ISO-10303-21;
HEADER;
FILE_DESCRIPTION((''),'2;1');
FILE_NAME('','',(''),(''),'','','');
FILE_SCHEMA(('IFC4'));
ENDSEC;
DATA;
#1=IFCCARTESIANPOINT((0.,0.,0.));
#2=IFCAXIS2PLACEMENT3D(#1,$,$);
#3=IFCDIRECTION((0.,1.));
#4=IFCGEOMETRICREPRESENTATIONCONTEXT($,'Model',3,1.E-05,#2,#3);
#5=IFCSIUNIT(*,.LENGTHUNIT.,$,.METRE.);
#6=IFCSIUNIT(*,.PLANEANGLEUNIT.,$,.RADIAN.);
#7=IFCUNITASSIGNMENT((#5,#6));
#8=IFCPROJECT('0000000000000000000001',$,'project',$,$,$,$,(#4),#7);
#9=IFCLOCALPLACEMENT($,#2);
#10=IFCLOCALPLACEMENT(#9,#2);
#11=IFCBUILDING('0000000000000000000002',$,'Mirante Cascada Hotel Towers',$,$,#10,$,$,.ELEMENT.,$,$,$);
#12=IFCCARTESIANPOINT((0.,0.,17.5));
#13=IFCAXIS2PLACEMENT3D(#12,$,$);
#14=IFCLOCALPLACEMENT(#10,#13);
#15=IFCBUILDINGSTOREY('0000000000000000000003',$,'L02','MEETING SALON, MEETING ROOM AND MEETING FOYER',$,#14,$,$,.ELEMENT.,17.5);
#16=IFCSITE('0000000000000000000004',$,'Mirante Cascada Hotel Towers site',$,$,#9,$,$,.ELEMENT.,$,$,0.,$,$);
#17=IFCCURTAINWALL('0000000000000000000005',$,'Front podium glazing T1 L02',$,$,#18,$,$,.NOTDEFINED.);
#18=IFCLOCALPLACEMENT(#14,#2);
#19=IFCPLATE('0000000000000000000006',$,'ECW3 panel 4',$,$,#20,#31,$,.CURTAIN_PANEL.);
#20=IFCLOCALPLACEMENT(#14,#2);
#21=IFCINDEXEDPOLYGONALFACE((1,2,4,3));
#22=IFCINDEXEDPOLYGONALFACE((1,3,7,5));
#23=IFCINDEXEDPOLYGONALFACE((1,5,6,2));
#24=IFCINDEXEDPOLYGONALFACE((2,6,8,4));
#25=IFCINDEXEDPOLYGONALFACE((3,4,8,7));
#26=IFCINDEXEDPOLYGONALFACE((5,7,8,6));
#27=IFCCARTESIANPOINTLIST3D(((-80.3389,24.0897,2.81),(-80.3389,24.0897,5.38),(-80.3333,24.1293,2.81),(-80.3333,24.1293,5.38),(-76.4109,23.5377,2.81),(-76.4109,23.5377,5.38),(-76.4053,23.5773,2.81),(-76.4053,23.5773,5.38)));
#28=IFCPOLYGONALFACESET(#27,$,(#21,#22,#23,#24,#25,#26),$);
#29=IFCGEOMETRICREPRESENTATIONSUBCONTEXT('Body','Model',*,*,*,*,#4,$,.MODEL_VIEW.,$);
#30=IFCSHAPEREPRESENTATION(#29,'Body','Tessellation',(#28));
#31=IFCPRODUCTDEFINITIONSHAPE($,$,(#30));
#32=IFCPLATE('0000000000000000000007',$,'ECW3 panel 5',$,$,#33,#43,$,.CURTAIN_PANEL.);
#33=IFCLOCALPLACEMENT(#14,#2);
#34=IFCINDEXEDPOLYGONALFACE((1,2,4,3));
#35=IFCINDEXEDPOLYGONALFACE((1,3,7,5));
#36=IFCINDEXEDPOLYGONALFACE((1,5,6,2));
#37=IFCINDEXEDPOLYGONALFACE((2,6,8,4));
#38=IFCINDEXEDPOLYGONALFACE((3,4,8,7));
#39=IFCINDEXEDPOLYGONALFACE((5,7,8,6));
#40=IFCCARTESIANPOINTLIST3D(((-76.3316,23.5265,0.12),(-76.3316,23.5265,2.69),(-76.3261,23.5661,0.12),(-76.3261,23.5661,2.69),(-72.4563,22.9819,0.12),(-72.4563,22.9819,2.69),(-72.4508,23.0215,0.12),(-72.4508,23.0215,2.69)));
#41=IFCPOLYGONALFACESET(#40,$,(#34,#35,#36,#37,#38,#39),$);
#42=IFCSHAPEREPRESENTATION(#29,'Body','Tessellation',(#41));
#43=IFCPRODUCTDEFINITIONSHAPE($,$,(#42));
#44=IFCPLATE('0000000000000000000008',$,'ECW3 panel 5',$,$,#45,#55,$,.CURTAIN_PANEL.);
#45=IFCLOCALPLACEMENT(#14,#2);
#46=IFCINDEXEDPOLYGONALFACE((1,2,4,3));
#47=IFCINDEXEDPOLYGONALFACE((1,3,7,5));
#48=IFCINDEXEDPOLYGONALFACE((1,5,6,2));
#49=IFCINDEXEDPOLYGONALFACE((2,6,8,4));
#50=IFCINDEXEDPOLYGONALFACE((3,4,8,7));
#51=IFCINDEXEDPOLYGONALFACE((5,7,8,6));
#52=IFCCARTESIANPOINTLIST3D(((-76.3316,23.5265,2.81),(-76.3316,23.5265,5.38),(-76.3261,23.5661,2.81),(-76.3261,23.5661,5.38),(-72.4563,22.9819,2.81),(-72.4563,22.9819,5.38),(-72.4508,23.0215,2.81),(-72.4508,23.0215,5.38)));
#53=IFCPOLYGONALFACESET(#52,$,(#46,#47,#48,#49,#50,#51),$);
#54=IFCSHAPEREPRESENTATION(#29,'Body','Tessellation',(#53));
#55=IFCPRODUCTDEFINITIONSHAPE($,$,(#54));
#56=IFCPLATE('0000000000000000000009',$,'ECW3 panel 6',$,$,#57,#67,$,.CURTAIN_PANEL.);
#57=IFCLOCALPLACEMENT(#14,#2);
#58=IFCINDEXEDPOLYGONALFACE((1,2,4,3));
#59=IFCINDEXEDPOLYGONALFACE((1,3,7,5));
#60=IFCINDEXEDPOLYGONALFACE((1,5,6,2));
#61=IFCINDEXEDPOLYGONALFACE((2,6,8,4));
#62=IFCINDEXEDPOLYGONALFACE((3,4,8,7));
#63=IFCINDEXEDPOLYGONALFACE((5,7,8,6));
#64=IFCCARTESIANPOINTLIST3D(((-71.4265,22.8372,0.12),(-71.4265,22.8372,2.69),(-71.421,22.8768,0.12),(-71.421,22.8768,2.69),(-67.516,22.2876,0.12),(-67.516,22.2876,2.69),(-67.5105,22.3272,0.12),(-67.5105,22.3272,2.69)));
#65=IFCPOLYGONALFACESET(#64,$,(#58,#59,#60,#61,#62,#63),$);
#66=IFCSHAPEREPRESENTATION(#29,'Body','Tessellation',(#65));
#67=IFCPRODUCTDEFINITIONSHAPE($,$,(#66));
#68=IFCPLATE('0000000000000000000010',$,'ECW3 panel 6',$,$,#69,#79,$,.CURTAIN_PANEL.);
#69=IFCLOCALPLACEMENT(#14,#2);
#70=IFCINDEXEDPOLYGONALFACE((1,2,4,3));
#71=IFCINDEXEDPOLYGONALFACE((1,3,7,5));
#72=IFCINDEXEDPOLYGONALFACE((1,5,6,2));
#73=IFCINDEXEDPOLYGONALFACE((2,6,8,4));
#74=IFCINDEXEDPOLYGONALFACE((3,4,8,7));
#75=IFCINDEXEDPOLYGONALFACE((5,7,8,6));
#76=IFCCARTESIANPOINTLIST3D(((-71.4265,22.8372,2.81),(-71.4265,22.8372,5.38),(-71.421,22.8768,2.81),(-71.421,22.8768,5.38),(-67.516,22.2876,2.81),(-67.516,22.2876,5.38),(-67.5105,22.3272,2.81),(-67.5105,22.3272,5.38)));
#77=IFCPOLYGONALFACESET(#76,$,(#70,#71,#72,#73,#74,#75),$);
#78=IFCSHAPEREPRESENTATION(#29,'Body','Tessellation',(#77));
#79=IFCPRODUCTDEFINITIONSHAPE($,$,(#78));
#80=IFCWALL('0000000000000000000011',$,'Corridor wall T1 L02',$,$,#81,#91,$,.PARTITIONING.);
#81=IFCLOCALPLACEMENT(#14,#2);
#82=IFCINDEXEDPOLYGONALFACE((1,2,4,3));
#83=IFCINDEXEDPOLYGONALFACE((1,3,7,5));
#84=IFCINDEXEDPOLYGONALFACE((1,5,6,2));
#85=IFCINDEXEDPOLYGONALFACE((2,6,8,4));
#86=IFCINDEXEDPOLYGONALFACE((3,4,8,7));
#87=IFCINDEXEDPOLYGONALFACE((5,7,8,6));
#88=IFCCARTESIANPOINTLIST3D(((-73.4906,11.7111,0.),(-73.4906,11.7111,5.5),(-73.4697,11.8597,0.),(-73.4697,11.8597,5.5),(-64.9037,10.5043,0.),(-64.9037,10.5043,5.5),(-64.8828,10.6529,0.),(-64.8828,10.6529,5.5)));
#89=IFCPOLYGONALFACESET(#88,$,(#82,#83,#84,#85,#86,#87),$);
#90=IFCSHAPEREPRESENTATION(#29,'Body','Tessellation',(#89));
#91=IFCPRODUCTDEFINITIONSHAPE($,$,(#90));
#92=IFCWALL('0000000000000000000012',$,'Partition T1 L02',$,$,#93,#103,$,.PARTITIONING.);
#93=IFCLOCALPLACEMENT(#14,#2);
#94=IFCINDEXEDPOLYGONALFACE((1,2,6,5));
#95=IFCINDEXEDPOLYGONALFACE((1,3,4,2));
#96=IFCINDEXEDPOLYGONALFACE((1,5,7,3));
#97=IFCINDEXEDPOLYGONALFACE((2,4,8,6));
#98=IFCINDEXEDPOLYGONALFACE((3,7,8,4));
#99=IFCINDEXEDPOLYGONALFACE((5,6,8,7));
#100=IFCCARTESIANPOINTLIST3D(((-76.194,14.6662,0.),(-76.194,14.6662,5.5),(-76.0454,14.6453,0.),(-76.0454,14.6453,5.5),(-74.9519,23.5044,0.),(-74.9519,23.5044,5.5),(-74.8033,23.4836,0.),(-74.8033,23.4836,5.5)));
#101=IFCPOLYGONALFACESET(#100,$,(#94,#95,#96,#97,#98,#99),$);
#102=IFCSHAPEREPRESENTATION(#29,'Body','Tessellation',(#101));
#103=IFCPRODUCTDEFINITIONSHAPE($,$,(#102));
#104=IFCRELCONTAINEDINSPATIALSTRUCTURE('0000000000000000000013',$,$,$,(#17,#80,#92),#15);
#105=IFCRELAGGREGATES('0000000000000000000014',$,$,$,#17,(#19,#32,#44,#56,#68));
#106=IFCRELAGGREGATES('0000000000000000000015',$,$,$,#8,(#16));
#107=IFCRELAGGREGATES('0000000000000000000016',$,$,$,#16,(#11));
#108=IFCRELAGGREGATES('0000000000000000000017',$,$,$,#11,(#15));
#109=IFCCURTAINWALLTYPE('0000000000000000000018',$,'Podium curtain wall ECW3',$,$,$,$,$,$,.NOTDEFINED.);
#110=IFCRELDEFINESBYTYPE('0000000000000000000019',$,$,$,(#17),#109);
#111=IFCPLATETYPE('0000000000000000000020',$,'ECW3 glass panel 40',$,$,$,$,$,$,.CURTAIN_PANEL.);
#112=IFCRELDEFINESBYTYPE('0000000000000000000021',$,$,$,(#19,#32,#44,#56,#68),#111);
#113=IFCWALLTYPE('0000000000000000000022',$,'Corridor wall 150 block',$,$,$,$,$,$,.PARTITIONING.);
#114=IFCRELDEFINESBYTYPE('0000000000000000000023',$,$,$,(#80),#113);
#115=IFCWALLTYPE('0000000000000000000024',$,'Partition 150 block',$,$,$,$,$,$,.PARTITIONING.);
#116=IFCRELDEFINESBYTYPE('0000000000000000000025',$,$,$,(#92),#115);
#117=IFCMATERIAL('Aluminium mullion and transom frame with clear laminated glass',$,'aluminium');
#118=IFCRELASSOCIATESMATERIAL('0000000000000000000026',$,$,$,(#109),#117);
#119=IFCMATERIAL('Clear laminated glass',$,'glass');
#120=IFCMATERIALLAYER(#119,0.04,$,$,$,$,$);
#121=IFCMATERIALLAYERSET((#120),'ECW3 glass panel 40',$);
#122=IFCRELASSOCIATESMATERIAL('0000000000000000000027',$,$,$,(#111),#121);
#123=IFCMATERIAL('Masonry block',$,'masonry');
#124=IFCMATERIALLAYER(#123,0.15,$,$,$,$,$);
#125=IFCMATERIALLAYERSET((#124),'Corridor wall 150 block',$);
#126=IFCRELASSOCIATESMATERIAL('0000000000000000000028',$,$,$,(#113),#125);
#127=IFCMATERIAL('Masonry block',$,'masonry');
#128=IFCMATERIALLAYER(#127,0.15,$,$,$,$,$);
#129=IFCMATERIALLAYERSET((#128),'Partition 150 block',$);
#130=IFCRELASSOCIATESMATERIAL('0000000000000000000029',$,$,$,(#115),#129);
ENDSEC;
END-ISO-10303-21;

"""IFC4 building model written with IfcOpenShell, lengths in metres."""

from ifc_helpers import new_model, si_unit, direction, frame, frame_2d, origin, origin_2d, place, context, subcontext, project, spatial, rectangle, extrude, material, layer, layer_set, type_object, element, aggregate, save


model = new_model("IFC4")

# Units and contexts
model_context = context("Model", 3, precision=1e-05, world=origin(), true_north=direction((0.0, 1.0)))
body_context = subcontext(model_context, "Body", "Model", "MODEL_VIEW")
ifc_project = project(units=[si_unit("LENGTHUNIT", "METRE"), si_unit("PLANEANGLEUNIT", "RADIAN")], contexts=[model_context])

# Site, building, storey
site_placement = place(None, origin())
site = spatial("IfcSite", under=ifc_project, at=site_placement, Name="Mirante Cascada Hotel Towers site", CompositionType="ELEMENT", RefElevation=0.0)
building_placement = place(site_placement, origin())
building = spatial("IfcBuilding", under=site, at=building_placement, Name="Mirante Cascada Hotel Towers", CompositionType="ELEMENT")
storey_placement = place(building_placement, frame((0.0, 0.0, 17.5)))
storey = spatial("IfcBuildingStorey", under=building, at=storey_placement, Name="L02", Description="MEETING SALON, MEETING ROOM AND MEETING FOYER", CompositionType="ELEMENT", Elevation=17.5)

# Curtain wall, plates
ifc_material_1 = material(Name="Aluminium mullion and transom frame with clear laminated glass", Category="aluminium")
curtain_wall_type = type_object("IfcCurtainWallType", Name="Podium curtain wall ECW3", PredefinedType="NOTDEFINED", material=ifc_material_1)
curtain_wall_placement = place(storey_placement, origin())
curtain_wall = element("IfcCurtainWall", 1, at=curtain_wall_placement, inside=storey, type_object=curtain_wall_type, Name="Front podium glazing T1 L02", PredefinedType="NOTDEFINED")
ifc_material_2 = material(Name="Clear laminated glass", Category="glass")
ifc_layer_1 = layer(ifc_material_2, 0.04)
ifc_layer_set_1 = layer_set([ifc_layer_1], Name="ECW3 glass panel 40")
plate_type = type_object("IfcPlateType", Name="ECW3 glass panel 40", PredefinedType="CURTAIN_PANEL", material=ifc_layer_set_1)
plate_1_placement = place(storey_placement, frame((-78.3721, 23.8335, 2.81), z_axis=(0.0, 0.0, 1.0), x_axis=(0.990268, -0.139173, 0.0)))
plate_1 = element("IfcPlate", 2, at=plate_1_placement, type_object=plate_type, Name="ECW3 panel 4", PredefinedType="CURTAIN_PANEL", context=body_context, shape_type="SweptSolid", body=[
    extrude(rectangle(XDim=3.9666, YDim=0.04, at=origin_2d()), origin(), (0.0, 0.0, 1.0), 2.57),
])
plate_2_placement = place(storey_placement, frame((-74.3912, 23.274, 0.12), z_axis=(0.0, 0.0, 1.0), x_axis=(0.990268, -0.139173, 0.0)))
plate_2 = element("IfcPlate", 3, at=plate_2_placement, type_object=plate_type, Name="ECW3 panel 5", PredefinedType="CURTAIN_PANEL", context=body_context, shape_type="SweptSolid", body=[
    extrude(rectangle(XDim=3.9134, YDim=0.04, at=origin_2d()), origin(), (0.0, 0.0, 1.0), 2.57),
])
plate_3_placement = place(storey_placement, frame((-74.3912, 23.274, 2.81), z_axis=(0.0, 0.0, 1.0), x_axis=(0.990268, -0.139173, 0.0)))
plate_3 = element("IfcPlate", 4, at=plate_3_placement, type_object=plate_type, Name="ECW3 panel 5", PredefinedType="CURTAIN_PANEL", context=body_context, shape_type="SweptSolid", body=[
    extrude(rectangle(XDim=3.9134, YDim=0.04, at=origin_2d()), origin(), (0.0, 0.0, 1.0), 2.57),
])
plate_4_placement = place(storey_placement, frame((-69.4685, 22.5822, 0.12), z_axis=(0.0, 0.0, 1.0), x_axis=(0.990268, -0.139173, 0.0)))
plate_4 = element("IfcPlate", 5, at=plate_4_placement, type_object=plate_type, Name="ECW3 panel 6", PredefinedType="CURTAIN_PANEL", context=body_context, shape_type="SweptSolid", body=[
    extrude(rectangle(XDim=3.9489, YDim=0.04, at=origin_2d()), origin(), (0.0, 0.0, 1.0), 2.57),
])
plate_5_placement = place(storey_placement, frame((-69.4685, 22.5822, 2.81), z_axis=(0.0, 0.0, 1.0), x_axis=(0.990268, -0.139173, 0.0)))
plate_5 = element("IfcPlate", 6, at=plate_5_placement, type_object=plate_type, Name="ECW3 panel 6", PredefinedType="CURTAIN_PANEL", context=body_context, shape_type="SweptSolid", body=[
    extrude(rectangle(XDim=3.9489, YDim=0.04, at=origin_2d()), origin(), (0.0, 0.0, 1.0), 2.57),
])
aggregate(curtain_wall, [plate_1, plate_2, plate_3, plate_4, plate_5])

# Walls
ifc_material_3 = material(Name="Masonry block", Category="masonry")
ifc_layer_2 = layer(ifc_material_3, 0.15)
ifc_layer_set_2 = layer_set([ifc_layer_2], Name="Corridor wall 150 block")
wall_type_1 = type_object("IfcWallType", Name="Corridor wall 150 block", PredefinedType="PARTITIONING", material=ifc_layer_set_2)
wall_1_placement = place(storey_placement, frame((-73.4801, 11.7854, 0.0), z_axis=(0.0, 0.0, 1.0), x_axis=(0.990268, -0.139172, 0.0)))
element("IfcWall", 7, at=wall_1_placement, inside=storey, type_object=wall_type_1, Name="Corridor wall T1 L02", PredefinedType="PARTITIONING", context=body_context, shape_type="SweptSolid", body=[
    extrude(rectangle(XDim=8.6713, YDim=0.15, at=frame_2d((4.3356, 0.0))), origin(), (0.0, 0.0, 1.0), 5.5),
])
ifc_material_4 = material(Name="Masonry block", Category="masonry")
ifc_layer_3 = layer(ifc_material_4, 0.15)
ifc_layer_set_3 = layer_set([ifc_layer_3], Name="Partition 150 block")
wall_type_2 = type_object("IfcWallType", Name="Partition 150 block", PredefinedType="PARTITIONING", material=ifc_layer_set_3)
wall_2_placement = place(storey_placement, frame((-76.1197, 14.6557, 0.0), z_axis=(0.0, 0.0, 1.0), x_axis=(0.13917, 0.990268, 0.0)))
element("IfcWall", 8, at=wall_2_placement, inside=storey, type_object=wall_type_2, Name="Partition T1 L02", PredefinedType="PARTITIONING", context=body_context, shape_type="SweptSolid", body=[
    extrude(rectangle(XDim=8.9251, YDim=0.15, at=frame_2d((4.4626, 0.0))), origin(), (0.0, 0.0, 1.0), 5.5),
])

save(model, "model.ifc")
